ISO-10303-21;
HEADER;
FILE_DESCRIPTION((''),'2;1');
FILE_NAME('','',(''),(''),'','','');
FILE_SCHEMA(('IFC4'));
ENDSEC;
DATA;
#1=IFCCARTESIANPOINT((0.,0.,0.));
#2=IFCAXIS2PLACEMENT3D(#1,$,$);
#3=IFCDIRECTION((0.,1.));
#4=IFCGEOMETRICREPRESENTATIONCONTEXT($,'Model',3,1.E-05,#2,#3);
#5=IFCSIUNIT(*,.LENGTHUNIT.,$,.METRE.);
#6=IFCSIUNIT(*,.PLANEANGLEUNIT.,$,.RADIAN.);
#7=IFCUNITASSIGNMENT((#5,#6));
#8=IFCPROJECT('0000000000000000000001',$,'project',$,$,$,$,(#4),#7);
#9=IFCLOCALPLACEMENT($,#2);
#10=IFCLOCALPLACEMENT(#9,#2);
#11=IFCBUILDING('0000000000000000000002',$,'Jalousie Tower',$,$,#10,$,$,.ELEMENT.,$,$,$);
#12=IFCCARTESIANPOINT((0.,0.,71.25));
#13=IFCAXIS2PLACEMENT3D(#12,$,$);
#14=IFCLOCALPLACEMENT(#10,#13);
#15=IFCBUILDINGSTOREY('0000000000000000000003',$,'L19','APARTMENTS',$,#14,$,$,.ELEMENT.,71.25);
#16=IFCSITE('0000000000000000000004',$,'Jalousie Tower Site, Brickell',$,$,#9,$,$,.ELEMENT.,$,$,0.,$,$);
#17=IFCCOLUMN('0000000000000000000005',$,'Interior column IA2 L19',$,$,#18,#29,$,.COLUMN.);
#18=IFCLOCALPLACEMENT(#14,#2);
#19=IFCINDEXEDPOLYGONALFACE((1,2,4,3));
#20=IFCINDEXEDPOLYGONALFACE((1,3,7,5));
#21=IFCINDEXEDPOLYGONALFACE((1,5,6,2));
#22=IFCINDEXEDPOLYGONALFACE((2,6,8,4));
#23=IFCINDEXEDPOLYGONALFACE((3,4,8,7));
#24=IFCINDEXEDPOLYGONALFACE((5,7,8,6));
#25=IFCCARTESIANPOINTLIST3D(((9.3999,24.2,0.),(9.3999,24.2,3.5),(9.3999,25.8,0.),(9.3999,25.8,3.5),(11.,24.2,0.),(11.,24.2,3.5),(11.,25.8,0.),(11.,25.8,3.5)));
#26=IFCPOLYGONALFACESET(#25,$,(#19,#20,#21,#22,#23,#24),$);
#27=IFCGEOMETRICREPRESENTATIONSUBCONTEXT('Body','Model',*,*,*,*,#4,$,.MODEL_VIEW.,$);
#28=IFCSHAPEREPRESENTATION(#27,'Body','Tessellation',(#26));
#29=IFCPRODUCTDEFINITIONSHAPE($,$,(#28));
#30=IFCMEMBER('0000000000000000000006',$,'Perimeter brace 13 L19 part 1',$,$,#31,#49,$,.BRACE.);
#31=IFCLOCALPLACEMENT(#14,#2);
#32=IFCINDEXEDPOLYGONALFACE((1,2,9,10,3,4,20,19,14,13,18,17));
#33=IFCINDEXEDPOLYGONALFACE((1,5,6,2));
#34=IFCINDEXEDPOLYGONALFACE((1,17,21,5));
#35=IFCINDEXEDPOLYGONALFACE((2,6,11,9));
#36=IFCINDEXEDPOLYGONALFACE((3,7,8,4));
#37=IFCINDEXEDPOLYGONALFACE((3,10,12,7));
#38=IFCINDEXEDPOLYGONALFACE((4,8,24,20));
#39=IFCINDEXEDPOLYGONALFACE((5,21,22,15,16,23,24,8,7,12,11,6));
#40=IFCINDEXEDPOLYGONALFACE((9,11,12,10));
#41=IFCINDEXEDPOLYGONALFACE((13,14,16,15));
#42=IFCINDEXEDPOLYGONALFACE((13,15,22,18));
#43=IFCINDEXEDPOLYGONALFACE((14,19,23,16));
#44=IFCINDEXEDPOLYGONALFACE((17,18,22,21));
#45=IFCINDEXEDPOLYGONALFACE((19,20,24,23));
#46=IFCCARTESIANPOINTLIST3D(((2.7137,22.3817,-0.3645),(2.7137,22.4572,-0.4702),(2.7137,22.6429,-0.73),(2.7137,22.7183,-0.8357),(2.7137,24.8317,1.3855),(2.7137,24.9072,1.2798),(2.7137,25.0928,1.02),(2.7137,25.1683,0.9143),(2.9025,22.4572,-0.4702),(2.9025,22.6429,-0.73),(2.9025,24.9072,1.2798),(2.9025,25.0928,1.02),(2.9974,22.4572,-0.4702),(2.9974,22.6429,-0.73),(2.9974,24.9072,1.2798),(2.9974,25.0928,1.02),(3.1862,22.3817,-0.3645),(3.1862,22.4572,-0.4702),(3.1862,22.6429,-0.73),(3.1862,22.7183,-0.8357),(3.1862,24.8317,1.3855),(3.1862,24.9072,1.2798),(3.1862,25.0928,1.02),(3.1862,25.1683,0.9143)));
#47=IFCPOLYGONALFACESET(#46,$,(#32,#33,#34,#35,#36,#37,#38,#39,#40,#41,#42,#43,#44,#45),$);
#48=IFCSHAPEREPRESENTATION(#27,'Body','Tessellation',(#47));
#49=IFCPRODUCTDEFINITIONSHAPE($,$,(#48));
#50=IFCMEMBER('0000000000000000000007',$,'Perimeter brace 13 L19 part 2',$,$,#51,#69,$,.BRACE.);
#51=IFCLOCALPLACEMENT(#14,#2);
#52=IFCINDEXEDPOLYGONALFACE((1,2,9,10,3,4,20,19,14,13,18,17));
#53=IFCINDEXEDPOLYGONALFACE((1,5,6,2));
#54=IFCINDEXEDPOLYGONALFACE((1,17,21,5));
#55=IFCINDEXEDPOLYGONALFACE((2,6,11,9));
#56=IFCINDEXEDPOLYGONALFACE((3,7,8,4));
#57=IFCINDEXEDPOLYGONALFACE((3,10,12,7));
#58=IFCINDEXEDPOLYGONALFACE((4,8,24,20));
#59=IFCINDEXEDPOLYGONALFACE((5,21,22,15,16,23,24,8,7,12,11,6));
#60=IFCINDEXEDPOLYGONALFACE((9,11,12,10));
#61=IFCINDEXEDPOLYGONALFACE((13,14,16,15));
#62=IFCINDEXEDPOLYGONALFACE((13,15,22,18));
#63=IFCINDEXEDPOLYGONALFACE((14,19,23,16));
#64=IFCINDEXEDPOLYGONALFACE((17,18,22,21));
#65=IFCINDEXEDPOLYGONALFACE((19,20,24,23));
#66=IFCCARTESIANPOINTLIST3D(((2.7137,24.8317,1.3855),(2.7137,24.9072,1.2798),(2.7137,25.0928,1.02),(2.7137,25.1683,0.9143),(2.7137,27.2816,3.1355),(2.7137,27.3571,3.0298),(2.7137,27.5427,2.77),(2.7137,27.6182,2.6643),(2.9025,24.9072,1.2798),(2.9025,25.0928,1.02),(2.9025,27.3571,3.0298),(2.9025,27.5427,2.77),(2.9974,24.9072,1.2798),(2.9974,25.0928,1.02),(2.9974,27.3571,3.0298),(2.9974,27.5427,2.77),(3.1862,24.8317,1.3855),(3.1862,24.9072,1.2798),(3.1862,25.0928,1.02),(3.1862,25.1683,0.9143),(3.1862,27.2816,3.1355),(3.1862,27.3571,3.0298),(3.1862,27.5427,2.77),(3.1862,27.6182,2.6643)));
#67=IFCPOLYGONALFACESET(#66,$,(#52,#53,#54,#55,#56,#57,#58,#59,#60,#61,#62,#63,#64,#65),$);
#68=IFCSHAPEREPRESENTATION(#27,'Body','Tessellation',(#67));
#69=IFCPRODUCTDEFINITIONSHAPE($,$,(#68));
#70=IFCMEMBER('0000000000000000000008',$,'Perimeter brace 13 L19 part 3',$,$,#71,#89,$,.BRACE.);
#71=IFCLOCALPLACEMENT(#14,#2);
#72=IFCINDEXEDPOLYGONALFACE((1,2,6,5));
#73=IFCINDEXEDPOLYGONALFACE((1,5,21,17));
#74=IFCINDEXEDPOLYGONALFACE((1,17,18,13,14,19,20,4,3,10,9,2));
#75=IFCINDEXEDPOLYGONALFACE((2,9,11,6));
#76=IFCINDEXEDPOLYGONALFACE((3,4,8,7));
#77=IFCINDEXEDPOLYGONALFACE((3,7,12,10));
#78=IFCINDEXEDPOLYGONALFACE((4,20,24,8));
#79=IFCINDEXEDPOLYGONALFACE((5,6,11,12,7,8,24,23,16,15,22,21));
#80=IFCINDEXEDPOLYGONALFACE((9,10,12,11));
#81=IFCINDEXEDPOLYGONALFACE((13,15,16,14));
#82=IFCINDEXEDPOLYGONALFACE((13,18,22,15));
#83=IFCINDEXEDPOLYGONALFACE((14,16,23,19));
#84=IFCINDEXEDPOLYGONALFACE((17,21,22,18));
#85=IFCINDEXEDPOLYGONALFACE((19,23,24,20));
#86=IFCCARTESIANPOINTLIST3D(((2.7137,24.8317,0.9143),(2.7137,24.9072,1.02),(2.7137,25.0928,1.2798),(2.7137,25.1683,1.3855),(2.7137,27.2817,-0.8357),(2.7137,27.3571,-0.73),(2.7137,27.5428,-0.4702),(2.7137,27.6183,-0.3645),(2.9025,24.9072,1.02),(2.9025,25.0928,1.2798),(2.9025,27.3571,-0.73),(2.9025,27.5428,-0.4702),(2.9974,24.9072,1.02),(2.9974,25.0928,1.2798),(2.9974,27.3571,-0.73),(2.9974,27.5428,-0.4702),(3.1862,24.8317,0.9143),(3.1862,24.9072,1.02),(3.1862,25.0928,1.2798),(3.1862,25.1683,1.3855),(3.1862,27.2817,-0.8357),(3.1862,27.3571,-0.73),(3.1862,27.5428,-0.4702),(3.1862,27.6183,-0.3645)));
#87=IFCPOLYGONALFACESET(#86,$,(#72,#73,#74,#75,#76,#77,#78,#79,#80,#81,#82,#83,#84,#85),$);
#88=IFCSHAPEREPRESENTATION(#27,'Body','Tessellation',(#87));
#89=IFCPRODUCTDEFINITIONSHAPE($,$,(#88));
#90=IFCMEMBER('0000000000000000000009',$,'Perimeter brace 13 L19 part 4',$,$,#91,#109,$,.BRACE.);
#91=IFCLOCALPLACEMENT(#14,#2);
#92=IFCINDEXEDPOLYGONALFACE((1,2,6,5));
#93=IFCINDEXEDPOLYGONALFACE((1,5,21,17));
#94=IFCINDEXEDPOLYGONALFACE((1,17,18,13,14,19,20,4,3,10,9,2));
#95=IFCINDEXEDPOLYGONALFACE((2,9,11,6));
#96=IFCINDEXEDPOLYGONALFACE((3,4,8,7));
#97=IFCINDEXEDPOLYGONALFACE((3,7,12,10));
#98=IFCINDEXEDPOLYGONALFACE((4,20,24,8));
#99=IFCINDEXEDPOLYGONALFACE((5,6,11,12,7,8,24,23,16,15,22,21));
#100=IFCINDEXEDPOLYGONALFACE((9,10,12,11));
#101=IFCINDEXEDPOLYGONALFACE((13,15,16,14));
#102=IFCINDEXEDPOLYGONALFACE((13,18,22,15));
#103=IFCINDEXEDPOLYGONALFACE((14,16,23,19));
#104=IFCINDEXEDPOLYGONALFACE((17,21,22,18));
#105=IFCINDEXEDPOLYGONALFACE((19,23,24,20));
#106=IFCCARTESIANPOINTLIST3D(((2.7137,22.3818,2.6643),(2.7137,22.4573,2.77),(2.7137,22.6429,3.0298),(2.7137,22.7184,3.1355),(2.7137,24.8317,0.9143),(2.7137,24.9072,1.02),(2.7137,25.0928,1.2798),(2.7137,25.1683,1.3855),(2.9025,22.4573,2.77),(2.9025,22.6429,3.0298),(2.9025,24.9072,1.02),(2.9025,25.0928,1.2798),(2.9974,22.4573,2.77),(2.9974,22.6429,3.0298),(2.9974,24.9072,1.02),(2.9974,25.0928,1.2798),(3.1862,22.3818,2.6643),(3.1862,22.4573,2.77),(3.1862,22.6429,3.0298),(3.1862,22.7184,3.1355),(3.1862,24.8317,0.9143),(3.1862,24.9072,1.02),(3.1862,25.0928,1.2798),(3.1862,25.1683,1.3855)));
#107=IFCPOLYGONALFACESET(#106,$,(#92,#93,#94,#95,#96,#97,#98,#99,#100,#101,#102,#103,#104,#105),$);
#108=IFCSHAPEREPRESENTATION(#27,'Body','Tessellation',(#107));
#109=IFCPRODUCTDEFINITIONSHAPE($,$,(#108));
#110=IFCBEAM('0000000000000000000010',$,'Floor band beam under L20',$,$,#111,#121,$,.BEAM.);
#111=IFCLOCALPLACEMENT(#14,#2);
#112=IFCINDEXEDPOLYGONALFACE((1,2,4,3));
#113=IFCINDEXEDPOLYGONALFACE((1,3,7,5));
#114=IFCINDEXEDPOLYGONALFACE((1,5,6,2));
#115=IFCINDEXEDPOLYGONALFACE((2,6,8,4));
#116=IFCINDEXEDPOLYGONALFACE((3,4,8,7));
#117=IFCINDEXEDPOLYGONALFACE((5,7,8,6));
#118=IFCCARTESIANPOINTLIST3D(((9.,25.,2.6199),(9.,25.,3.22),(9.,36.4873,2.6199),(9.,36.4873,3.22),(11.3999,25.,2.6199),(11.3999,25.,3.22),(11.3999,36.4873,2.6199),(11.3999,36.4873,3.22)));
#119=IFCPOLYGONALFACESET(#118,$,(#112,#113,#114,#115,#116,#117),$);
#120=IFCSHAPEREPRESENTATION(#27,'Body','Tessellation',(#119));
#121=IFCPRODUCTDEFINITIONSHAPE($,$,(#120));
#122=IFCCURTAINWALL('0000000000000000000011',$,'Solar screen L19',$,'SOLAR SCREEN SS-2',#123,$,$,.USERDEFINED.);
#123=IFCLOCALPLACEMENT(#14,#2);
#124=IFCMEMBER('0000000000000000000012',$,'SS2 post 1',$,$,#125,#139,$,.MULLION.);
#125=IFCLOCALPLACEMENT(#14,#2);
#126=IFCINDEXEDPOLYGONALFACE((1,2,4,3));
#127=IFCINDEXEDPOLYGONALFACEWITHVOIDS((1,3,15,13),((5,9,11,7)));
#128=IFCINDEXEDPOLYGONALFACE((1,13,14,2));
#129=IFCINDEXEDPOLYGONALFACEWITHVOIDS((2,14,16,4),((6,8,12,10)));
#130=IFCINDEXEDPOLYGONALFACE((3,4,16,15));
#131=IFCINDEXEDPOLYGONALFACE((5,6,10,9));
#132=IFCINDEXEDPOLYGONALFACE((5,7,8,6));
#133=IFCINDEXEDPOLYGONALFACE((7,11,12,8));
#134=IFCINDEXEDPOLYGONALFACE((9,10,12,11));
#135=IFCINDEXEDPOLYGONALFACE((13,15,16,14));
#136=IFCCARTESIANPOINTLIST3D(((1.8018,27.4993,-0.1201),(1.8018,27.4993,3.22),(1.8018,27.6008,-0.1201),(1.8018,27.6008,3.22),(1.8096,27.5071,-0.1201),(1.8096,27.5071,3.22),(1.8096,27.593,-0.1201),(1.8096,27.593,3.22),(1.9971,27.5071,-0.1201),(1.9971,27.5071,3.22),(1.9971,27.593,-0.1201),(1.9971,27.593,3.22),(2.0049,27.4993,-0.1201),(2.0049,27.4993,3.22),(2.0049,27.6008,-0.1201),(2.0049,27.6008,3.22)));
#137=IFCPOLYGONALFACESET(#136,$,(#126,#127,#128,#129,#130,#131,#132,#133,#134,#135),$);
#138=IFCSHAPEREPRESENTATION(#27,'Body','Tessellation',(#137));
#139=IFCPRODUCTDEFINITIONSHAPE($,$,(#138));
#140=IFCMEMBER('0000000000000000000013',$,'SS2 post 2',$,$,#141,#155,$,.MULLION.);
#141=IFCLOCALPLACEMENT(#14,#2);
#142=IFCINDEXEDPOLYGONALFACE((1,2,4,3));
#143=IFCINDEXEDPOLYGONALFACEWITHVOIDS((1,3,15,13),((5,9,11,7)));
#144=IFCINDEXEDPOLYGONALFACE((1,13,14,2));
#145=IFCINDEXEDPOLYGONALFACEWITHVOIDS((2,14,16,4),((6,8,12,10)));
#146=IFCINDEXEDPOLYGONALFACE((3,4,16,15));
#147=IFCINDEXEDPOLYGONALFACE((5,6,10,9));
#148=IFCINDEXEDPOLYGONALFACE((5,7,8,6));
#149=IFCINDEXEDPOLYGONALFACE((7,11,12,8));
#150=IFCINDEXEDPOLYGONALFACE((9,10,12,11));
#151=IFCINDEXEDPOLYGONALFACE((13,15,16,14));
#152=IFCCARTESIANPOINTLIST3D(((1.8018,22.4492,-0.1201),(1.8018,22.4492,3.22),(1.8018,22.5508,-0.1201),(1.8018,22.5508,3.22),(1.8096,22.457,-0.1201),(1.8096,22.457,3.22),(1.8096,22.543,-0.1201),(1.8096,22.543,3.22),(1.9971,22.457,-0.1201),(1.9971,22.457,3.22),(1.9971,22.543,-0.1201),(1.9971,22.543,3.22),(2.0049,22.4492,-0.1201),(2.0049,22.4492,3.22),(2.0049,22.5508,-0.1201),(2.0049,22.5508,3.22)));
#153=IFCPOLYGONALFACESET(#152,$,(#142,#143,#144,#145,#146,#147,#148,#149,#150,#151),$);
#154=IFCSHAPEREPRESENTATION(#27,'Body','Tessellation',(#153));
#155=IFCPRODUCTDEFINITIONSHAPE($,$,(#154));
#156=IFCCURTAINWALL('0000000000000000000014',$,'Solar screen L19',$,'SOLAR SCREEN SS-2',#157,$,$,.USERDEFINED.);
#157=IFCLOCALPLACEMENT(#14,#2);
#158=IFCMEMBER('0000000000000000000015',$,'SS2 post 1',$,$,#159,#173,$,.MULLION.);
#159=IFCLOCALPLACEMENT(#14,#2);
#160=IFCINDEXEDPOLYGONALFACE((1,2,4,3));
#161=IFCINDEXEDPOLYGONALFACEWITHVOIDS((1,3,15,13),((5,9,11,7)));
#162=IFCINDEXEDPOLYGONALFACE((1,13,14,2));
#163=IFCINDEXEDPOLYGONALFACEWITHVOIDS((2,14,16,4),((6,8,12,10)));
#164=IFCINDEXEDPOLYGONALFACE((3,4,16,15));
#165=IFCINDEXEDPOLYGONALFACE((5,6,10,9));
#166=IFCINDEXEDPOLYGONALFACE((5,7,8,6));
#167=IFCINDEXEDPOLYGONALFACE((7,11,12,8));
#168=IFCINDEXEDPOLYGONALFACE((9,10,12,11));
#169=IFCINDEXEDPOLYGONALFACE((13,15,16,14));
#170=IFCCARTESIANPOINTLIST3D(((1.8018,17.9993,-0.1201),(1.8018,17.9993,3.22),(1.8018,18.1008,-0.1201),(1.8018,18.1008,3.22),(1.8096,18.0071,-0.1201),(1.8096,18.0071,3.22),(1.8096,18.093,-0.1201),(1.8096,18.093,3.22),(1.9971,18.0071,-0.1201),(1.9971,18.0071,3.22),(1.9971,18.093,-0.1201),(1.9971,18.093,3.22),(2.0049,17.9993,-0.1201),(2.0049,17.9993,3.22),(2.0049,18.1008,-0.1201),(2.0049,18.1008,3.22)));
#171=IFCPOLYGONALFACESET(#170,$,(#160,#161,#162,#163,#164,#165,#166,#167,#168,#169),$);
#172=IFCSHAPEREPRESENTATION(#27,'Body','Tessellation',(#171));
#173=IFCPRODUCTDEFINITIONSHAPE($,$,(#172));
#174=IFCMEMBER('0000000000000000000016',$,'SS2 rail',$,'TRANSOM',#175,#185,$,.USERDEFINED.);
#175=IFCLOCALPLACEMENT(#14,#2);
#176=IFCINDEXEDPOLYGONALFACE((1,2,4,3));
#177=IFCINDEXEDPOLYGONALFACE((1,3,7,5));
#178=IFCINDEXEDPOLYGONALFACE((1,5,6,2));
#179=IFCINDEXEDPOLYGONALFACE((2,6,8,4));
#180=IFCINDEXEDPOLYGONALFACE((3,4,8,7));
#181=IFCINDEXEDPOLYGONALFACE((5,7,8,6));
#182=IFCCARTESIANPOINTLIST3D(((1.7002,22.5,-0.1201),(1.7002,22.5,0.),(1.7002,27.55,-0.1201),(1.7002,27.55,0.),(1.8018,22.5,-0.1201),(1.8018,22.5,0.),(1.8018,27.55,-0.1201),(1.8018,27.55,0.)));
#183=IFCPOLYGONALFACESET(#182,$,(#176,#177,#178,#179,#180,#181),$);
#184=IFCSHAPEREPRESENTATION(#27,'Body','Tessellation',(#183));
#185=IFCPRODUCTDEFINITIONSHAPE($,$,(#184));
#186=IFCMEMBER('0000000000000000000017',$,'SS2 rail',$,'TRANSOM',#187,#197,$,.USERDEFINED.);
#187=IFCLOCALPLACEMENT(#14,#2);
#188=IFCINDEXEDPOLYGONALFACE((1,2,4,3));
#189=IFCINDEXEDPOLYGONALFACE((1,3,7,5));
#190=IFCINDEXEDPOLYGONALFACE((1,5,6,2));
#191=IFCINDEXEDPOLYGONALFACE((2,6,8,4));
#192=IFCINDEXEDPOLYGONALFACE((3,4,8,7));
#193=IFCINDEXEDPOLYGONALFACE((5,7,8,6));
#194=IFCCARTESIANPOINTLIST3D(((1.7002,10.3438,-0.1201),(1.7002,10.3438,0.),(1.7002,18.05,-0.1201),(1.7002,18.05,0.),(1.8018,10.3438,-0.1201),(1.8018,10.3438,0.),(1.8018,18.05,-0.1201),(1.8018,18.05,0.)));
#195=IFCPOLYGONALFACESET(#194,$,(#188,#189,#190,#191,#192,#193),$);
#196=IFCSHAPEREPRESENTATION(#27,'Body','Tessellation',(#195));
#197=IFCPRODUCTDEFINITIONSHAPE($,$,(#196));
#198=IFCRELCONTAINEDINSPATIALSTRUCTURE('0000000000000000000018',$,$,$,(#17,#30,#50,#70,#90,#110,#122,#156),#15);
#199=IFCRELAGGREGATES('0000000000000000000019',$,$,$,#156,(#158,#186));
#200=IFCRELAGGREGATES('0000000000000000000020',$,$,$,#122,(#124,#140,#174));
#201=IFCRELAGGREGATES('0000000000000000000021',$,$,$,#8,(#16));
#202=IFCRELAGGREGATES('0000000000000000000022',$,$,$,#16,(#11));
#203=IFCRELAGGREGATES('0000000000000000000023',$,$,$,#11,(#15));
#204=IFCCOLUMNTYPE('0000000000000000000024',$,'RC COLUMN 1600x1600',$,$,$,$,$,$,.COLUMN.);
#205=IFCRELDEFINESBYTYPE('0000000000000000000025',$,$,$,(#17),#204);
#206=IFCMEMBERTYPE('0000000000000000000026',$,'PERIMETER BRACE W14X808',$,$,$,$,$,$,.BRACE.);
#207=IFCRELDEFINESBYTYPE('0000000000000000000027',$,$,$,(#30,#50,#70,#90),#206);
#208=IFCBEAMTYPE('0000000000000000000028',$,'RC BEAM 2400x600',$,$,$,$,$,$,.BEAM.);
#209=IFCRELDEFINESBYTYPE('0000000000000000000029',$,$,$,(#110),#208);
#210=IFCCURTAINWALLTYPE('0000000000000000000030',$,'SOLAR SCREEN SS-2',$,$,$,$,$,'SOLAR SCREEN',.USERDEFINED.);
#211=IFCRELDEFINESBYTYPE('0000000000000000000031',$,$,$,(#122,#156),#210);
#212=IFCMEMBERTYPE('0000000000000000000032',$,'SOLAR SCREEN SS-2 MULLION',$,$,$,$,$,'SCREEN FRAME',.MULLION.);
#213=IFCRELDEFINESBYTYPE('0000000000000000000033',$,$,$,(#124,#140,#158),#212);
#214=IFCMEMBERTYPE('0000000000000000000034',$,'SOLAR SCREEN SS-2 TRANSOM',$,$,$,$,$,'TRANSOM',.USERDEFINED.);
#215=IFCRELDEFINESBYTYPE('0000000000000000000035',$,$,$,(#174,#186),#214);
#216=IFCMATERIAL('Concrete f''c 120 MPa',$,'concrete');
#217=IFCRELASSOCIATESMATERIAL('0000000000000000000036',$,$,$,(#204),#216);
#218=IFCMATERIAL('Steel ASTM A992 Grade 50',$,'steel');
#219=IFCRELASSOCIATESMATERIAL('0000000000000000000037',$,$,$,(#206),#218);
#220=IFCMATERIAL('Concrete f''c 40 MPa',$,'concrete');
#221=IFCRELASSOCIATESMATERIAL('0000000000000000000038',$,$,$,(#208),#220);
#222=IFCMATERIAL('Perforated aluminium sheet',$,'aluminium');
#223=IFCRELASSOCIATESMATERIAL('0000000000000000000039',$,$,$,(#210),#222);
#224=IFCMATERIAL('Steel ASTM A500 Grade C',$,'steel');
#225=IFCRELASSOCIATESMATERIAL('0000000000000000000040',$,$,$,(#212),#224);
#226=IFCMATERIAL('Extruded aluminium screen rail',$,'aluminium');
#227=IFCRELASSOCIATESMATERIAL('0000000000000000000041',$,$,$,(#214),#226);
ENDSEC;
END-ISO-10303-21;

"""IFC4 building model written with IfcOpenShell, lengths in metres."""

from ifc_helpers import new_model, si_unit, direction, frame, origin, origin_2d, place, context, subcontext, project, spatial, rectangle, hollow_rectangle, i_section, extrude, material, material_profile, profile_set, type_object, element, aggregate, save


model = new_model("IFC4")

# Units and contexts
model_context = context("Model", 3, precision=1e-05, world=origin(), true_north=direction((0.0, 1.0)))
body_context = subcontext(model_context, "Body", "Model", "MODEL_VIEW")
ifc_project = project(units=[si_unit("LENGTHUNIT", "METRE"), si_unit("PLANEANGLEUNIT", "RADIAN")], contexts=[model_context])

# Site, building, storey
site_placement = place(None, origin())
site = spatial("IfcSite", under=ifc_project, at=site_placement, Name="Jalousie Tower Site, Brickell", CompositionType="ELEMENT", RefElevation=0.0)
building_placement = place(site_placement, origin())
building = spatial("IfcBuilding", under=site, at=building_placement, Name="Jalousie Tower", CompositionType="ELEMENT")
storey_placement = place(building_placement, frame((0.0, 0.0, 71.25)))
storey = spatial("IfcBuildingStorey", under=building, at=storey_placement, Name="L19", Description="APARTMENTS", CompositionType="ELEMENT", Elevation=71.25)

# Column
ifc_material_1 = material(Name="Concrete f'c 120 MPa", Category="concrete")
ifc_material_profile_1 = material_profile(ifc_material_1, rectangle(XDim=1.6001, YDim=1.6001, at=origin_2d()), Name="RC 1600x1600")
ifc_profile_set_1 = profile_set([ifc_material_profile_1], Name="Concrete f'c 120 MPa")
column_type = type_object("IfcColumnType", Name="RC COLUMN 1600x1600", PredefinedType="COLUMN", material=ifc_profile_set_1)
column_placement = place(storey_placement, frame((10.2, 25.0, 0.0), z_axis=(0.0, 0.0, 1.0), x_axis=(1.0, 0.0, 0.0)))
element("IfcColumn", 1, at=column_placement, inside=storey, type_object=column_type, Name="Interior column IA2 L19", PredefinedType="COLUMN", context=body_context, shape_type="SweptSolid", body=[
    extrude(rectangle(XDim=1.6001, YDim=1.6001, at=origin_2d()), origin(), (0.0, 0.0, 1.0), 3.5),
])

# Members
ifc_material_2 = material(Name="Steel ASTM A992 Grade 50", Category="steel")
ifc_material_profile_2 = material_profile(ifc_material_2, i_section(OverallWidth=0.4724, OverallDepth=0.5791, WebThickness=0.095, FlangeThickness=0.1299, at=origin_2d()), Name="W14X808")
ifc_profile_set_2 = profile_set([ifc_material_profile_2], Name="Steel ASTM A992 Grade 50")
member_type_1 = type_object("IfcMemberType", Name="PERIMETER BRACE W14X808", PredefinedType="BRACE", material=ifc_profile_set_2)
for number, where, z_axis, x_axis, name in (
    (2, (2.95, 22.55, -0.6001), (0.0, 0.813728, 0.581246), (-1.0, 0.0, 0.0), "Perimeter brace 13 L19 part 1"),
    (3, (2.95, 25.0, 1.1499), (0.0, 0.813728, 0.581246), (-1.0, 0.0, 0.0), "Perimeter brace 13 L19 part 2"),
    (4, (2.95, 27.45, -0.6001), (0.0, -0.813728, 0.581246), (1.0, 0.0, 0.0), "Perimeter brace 13 L19 part 3"),
    (5, (2.95, 25.0, 1.1499), (0.0, -0.813728, 0.581246), (1.0, 0.0, 0.0), "Perimeter brace 13 L19 part 4"),
):
    element("IfcMember", number, at=place(storey_placement, frame(where, z_axis=z_axis, x_axis=x_axis)), inside=storey, type_object=member_type_1, Name=name, PredefinedType="BRACE", context=body_context, shape_type="SweptSolid", body=[
        extrude(i_section(OverallWidth=0.4724, OverallDepth=0.5791, WebThickness=0.095, FlangeThickness=0.1299, at=origin_2d()), origin(), (0.0, 0.0, 1.0), 3.0107),
    ])

# Beam
ifc_material_3 = material(Name="Concrete f'c 40 MPa", Category="concrete")
ifc_material_profile_3 = material_profile(ifc_material_3, rectangle(XDim=2.3999, YDim=0.6001, at=origin_2d()), Name="RC 2400x600")
ifc_profile_set_3 = profile_set([ifc_material_profile_3], Name="Concrete f'c 40 MPa")
beam_type = type_object("IfcBeamType", Name="RC BEAM 2400x600", PredefinedType="BEAM", material=ifc_profile_set_3)
beam_placement = place(storey_placement, frame((10.2, 25.0, 2.9199), z_axis=(0.0, 1.0, 0.0), x_axis=(-1.0, 0.0, 0.0)))
element("IfcBeam", 6, at=beam_placement, inside=storey, type_object=beam_type, Name="Floor band beam under L20", PredefinedType="BEAM", context=body_context, shape_type="SweptSolid", body=[
    extrude(rectangle(XDim=2.3999, YDim=0.6001, at=origin_2d()), origin(), (0.0, 0.0, 1.0), 11.4873),
])

# Curtain wall, members
ifc_material_4 = material(Name="Perforated aluminium sheet", Category="aluminium")
curtain_wall_type = type_object("IfcCurtainWallType", Name="SOLAR SCREEN SS-2", ElementType="SOLAR SCREEN", PredefinedType="USERDEFINED", material=ifc_material_4)
curtain_wall_1_placement = place(storey_placement, origin())
curtain_wall_1 = element("IfcCurtainWall", 7, at=curtain_wall_1_placement, inside=storey, type_object=curtain_wall_type, Name="Solar screen L19", ObjectType="SOLAR SCREEN SS-2", PredefinedType="USERDEFINED")
ifc_material_5 = material(Name="Steel ASTM A500 Grade C", Category="steel")
ifc_material_profile_4 = material_profile(ifc_material_5, hollow_rectangle(XDim=0.1016, YDim=0.2031, WallThickness=0.0078, at=origin_2d()), Name="HSS8X4X5/16")
ifc_profile_set_4 = profile_set([ifc_material_profile_4], Name="Steel ASTM A500 Grade C")
member_type_2 = type_object("IfcMemberType", Name="SOLAR SCREEN SS-2 MULLION", ElementType="SCREEN FRAME", PredefinedType="MULLION", material=ifc_profile_set_4)
member_1_placement = place(storey_placement, frame((1.9033, 27.55, -0.1201), z_axis=(0.0, 0.0, 1.0), x_axis=(0.0, -1.0, 0.0)))
member_1 = element("IfcMember", 8, at=member_1_placement, type_object=member_type_2, Name="SS2 post 1", PredefinedType="MULLION", context=body_context, shape_type="SweptSolid", body=[
    extrude(hollow_rectangle(XDim=0.1016, YDim=0.2031, WallThickness=0.0078, at=origin_2d()), origin(), (0.0, 0.0, 1.0), 3.3401),
])
member_2_placement = place(storey_placement, frame((1.9033, 22.5, -0.1201), z_axis=(0.0, 0.0, 1.0), x_axis=(0.0, -1.0, 0.0)))
member_2 = element("IfcMember", 9, at=member_2_placement, type_object=member_type_2, Name="SS2 post 2", PredefinedType="MULLION", context=body_context, shape_type="SweptSolid", body=[
    extrude(hollow_rectangle(XDim=0.1016, YDim=0.2031, WallThickness=0.0078, at=origin_2d()), origin(), (0.0, 0.0, 1.0), 3.3401),
])

# Curtain wall, member
curtain_wall_2_placement = place(storey_placement, origin())
curtain_wall_2 = element("IfcCurtainWall", 10, at=curtain_wall_2_placement, inside=storey, type_object=curtain_wall_type, Name="Solar screen L19", ObjectType="SOLAR SCREEN SS-2", PredefinedType="USERDEFINED")
member_3_placement = place(storey_placement, frame((1.9033, 18.05, -0.1201), z_axis=(0.0, 0.0, 1.0), x_axis=(0.0, -1.0, 0.0)))
member_3 = element("IfcMember", 11, at=member_3_placement, type_object=member_type_2, Name="SS2 post 1", PredefinedType="MULLION", context=body_context, shape_type="SweptSolid", body=[
    extrude(hollow_rectangle(XDim=0.1016, YDim=0.2031, WallThickness=0.0078, at=origin_2d()), origin(), (0.0, 0.0, 1.0), 3.3401),
])

# Members
ifc_material_6 = material(Name="Extruded aluminium screen rail", Category="aluminium")
ifc_material_profile_5 = material_profile(ifc_material_6, rectangle(XDim=0.1016, YDim=0.1201, at=origin_2d()), Name="RAIL 102x120")
ifc_profile_set_5 = profile_set([ifc_material_profile_5], Name="Extruded aluminium screen rail")
member_type_3 = type_object("IfcMemberType", Name="SOLAR SCREEN SS-2 TRANSOM", ElementType="TRANSOM", PredefinedType="USERDEFINED", material=ifc_profile_set_5)
member_4_placement = place(storey_placement, frame((1.751, 27.55, -0.0601), z_axis=(0.0, -1.0, 0.0), x_axis=(1.0, 0.0, 0.0)))
member_4 = element("IfcMember", 12, at=member_4_placement, type_object=member_type_3, Name="SS2 rail", ObjectType="TRANSOM", PredefinedType="USERDEFINED", context=body_context, shape_type="SweptSolid", body=[
    extrude(rectangle(XDim=0.1016, YDim=0.1201, at=origin_2d()), origin(), (0.0, 0.0, 1.0), 5.05),
])
member_5_placement = place(storey_placement, frame((1.751, 18.05, -0.0601), z_axis=(0.0, -1.0, 0.0), x_axis=(1.0, 0.0, 0.0)))
member_5 = element("IfcMember", 13, at=member_5_placement, type_object=member_type_3, Name="SS2 rail", ObjectType="TRANSOM", PredefinedType="USERDEFINED", context=body_context, shape_type="SweptSolid", body=[
    extrude(rectangle(XDim=0.1016, YDim=0.1201, at=origin_2d()), origin(), (0.0, 0.0, 1.0), 7.7063),
])
aggregate(curtain_wall_2, [member_3, member_5])

aggregate(curtain_wall_1, [member_1, member_2, member_4])

save(model, "model.ifc")
